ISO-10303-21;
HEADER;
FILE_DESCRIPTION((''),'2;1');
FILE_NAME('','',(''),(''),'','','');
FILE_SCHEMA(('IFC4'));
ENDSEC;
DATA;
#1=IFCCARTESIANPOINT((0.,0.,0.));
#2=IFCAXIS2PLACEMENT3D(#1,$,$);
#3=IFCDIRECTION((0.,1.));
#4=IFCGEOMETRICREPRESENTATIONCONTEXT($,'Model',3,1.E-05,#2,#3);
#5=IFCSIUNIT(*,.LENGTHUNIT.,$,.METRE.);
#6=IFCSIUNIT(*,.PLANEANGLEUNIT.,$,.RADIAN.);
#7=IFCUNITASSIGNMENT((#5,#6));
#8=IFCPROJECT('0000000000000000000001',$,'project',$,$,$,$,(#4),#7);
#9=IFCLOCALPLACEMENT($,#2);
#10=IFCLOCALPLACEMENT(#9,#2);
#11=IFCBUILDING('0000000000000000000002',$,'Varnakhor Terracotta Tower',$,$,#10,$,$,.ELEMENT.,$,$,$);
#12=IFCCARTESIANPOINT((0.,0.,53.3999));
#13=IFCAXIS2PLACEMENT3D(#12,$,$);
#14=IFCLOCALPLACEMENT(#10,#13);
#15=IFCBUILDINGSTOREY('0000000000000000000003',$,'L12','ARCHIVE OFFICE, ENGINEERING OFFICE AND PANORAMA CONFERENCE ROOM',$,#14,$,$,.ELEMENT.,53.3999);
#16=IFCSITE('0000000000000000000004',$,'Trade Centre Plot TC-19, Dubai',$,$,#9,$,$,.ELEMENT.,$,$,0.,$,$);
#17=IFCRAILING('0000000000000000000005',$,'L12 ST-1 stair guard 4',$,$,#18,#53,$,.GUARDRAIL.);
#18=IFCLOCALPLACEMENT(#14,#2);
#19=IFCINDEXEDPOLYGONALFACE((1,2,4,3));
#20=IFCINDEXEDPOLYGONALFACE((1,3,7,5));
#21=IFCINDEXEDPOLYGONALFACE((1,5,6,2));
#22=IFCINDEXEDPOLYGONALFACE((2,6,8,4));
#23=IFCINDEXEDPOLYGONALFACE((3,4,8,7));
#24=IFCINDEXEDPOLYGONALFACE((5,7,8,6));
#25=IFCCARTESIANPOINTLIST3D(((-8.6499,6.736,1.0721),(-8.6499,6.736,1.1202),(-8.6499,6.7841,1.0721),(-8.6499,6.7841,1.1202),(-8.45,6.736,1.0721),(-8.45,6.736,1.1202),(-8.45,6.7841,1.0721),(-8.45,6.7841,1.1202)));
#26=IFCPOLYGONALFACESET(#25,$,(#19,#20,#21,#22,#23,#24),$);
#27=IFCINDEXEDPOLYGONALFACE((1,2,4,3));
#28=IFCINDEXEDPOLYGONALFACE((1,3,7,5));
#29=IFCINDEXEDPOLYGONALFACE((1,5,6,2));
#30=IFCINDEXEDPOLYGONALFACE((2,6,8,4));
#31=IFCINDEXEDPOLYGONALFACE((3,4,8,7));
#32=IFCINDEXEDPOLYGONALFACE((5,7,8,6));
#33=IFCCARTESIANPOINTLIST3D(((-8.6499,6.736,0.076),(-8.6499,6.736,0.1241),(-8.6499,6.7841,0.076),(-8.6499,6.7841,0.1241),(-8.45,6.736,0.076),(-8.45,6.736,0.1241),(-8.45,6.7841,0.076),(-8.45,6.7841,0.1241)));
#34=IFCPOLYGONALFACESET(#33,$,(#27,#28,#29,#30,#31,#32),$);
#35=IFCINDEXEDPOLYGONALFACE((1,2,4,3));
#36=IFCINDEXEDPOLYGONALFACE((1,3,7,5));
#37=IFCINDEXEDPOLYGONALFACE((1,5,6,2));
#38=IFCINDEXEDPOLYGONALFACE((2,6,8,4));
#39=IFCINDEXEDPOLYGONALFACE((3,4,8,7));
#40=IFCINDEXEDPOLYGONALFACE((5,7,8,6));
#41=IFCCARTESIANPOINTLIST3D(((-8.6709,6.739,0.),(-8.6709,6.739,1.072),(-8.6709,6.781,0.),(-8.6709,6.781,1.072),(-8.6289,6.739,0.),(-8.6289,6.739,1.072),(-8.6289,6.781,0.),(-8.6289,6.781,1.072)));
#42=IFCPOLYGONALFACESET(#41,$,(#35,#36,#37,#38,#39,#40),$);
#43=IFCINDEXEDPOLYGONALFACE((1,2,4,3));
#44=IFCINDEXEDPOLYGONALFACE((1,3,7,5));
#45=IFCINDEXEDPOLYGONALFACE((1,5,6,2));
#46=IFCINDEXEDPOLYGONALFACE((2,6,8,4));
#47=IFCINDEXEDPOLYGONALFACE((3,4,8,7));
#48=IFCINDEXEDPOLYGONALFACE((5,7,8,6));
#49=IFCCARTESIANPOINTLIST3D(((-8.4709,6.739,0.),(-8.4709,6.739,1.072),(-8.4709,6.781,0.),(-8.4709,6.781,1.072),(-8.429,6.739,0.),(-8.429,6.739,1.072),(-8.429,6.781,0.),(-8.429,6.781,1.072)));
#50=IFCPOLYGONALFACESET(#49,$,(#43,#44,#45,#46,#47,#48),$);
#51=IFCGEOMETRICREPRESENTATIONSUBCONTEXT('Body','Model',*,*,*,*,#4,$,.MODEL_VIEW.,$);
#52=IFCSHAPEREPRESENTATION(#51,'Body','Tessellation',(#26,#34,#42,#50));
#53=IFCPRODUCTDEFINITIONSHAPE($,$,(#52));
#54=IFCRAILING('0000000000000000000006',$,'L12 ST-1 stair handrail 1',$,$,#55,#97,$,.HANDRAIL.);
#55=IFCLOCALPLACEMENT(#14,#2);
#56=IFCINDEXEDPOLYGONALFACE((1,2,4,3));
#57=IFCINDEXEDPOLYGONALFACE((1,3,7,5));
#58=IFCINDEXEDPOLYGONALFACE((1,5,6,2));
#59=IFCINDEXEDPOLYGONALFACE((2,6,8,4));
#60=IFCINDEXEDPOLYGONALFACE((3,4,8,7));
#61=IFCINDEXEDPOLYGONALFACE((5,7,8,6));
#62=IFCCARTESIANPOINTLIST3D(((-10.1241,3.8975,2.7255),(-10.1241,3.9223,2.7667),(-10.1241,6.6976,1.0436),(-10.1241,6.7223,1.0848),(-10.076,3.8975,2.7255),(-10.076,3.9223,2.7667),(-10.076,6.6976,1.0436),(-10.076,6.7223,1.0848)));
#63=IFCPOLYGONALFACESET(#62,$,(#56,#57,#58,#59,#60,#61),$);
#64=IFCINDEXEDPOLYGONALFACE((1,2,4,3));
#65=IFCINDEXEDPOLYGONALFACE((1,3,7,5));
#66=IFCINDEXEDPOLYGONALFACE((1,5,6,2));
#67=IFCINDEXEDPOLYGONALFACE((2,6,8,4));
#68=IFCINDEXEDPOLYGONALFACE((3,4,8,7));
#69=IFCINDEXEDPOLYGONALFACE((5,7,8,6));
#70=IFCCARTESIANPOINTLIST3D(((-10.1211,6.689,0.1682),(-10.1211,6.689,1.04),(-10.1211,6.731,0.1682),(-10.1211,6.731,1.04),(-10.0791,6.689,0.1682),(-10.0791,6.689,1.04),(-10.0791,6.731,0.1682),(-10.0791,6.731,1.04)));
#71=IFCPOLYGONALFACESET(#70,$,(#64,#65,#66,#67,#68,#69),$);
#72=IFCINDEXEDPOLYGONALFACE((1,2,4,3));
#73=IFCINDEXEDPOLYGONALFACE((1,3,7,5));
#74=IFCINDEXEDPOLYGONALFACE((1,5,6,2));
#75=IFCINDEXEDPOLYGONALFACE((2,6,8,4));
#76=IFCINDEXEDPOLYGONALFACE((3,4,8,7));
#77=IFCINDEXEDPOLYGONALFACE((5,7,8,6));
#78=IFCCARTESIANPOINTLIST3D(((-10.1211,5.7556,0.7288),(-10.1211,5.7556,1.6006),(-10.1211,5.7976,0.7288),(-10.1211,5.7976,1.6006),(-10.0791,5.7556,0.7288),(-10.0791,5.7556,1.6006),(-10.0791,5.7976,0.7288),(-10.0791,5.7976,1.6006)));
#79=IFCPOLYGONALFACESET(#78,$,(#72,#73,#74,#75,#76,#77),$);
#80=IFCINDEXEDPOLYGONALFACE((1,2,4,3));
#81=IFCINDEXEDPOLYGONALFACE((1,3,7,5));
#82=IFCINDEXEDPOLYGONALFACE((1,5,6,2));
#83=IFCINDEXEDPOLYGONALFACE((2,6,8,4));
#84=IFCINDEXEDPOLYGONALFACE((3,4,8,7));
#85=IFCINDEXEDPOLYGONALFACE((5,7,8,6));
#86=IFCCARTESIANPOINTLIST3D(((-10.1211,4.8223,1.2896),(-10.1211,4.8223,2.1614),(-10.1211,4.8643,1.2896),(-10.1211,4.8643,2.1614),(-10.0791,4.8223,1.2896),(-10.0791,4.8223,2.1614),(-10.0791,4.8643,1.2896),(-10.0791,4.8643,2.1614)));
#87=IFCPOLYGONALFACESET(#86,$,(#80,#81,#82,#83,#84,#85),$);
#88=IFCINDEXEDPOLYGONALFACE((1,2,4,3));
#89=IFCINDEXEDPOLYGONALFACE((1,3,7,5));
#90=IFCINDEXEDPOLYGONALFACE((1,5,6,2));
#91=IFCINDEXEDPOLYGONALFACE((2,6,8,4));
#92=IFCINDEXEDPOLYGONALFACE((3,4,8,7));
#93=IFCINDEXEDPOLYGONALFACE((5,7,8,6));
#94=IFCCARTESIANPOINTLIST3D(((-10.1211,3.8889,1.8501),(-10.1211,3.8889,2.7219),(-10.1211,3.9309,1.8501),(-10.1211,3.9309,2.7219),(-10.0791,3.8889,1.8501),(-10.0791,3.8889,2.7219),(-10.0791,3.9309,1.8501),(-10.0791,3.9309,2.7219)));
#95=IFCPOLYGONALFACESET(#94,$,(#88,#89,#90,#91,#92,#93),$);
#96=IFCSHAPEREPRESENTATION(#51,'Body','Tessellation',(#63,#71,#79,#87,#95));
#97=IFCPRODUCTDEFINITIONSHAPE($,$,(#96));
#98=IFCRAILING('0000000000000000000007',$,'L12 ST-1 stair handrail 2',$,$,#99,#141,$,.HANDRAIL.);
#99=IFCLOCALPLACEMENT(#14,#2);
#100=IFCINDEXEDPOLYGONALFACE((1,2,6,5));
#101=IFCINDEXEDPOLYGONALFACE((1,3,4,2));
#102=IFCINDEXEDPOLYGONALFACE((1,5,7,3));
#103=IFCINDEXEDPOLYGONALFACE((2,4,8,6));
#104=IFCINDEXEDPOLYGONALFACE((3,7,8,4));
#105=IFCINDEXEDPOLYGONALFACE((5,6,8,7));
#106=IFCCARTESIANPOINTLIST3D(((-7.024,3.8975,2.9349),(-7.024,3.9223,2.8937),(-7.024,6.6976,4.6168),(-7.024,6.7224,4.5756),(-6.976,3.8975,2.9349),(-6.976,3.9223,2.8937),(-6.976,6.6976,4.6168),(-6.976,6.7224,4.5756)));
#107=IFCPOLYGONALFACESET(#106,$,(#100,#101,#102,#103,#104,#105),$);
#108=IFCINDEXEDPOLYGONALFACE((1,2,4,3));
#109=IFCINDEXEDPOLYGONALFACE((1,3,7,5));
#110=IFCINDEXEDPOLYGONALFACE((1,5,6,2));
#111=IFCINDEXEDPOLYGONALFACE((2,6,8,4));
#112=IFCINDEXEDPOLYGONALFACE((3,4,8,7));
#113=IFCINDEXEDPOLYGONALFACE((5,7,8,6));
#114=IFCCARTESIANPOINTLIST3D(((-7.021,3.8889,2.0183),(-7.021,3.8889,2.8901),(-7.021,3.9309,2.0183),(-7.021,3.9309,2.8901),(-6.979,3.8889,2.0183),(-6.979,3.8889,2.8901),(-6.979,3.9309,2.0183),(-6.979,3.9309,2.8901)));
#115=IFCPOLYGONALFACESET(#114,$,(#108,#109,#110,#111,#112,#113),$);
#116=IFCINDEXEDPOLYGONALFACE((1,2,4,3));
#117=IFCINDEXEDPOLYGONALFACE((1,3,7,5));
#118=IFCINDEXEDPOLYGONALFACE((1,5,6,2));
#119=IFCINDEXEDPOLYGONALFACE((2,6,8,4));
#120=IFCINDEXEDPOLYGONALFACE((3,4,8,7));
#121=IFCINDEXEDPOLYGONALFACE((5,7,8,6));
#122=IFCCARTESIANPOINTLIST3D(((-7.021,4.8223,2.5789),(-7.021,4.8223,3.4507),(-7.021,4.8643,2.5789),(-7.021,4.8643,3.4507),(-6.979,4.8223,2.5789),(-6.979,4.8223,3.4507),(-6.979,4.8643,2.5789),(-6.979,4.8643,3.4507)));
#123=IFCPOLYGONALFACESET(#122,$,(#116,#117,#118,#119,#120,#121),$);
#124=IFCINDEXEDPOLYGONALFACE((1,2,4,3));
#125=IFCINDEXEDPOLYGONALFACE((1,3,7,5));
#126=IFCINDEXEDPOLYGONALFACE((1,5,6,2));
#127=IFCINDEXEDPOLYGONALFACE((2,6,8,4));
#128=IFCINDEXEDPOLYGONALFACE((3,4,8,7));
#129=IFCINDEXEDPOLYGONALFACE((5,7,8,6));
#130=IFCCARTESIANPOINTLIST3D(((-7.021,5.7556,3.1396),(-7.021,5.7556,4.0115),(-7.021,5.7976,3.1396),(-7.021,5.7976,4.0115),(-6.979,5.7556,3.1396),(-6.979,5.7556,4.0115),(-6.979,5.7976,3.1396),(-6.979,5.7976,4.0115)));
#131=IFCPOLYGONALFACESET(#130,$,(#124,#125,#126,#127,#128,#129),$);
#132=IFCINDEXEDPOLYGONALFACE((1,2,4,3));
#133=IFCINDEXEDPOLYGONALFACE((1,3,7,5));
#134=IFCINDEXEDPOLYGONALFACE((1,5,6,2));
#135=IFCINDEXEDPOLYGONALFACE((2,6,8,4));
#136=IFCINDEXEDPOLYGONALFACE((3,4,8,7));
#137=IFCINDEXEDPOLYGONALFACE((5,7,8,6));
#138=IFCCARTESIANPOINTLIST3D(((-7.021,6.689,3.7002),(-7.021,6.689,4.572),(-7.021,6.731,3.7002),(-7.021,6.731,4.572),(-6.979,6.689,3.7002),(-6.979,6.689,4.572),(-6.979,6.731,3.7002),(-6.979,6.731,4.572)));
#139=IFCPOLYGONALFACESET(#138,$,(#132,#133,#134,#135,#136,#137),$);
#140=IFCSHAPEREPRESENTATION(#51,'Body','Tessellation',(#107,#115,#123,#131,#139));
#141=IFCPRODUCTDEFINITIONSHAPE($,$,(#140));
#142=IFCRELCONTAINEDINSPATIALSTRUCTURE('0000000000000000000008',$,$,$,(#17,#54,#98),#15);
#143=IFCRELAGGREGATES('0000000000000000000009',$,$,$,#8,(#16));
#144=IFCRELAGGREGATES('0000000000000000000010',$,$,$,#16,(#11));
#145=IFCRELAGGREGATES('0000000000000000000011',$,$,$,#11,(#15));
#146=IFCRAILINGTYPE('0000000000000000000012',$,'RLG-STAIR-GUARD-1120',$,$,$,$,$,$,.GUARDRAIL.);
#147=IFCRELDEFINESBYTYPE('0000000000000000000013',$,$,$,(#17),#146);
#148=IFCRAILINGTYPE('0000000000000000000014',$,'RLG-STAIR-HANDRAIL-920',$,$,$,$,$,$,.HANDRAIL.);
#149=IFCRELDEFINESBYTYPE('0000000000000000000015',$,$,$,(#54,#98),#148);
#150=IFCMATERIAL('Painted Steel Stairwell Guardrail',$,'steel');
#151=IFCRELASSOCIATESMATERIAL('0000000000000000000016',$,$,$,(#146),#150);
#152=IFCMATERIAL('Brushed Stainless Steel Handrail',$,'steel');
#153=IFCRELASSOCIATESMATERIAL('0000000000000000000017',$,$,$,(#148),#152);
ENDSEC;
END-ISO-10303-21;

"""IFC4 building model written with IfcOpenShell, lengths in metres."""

from ifc_helpers import new_model, si_unit, direction, frame, origin, origin_2d, place, context, subcontext, project, spatial, rectangle, extrude, material, type_object, element, save


model = new_model("IFC4")

# Units and contexts
model_context = context("Model", 3, precision=1e-05, world=origin(), true_north=direction((0.0, 1.0)))
body_context = subcontext(model_context, "Body", "Model", "MODEL_VIEW")
ifc_project = project(units=[si_unit("LENGTHUNIT", "METRE"), si_unit("PLANEANGLEUNIT", "RADIAN")], contexts=[model_context])

# Site, building, storey
site_placement = place(None, origin())
site = spatial("IfcSite", under=ifc_project, at=site_placement, Name="Trade Centre Plot TC-19, Dubai", CompositionType="ELEMENT", RefElevation=0.0)
building_placement = place(site_placement, origin())
building = spatial("IfcBuilding", under=site, at=building_placement, Name="Varnakhor Terracotta Tower", CompositionType="ELEMENT")
storey_placement = place(building_placement, frame((0.0, 0.0, 53.3999)))
storey = spatial("IfcBuildingStorey", under=building, at=storey_placement, Name="L12", Description="ARCHIVE OFFICE, ENGINEERING OFFICE AND PANORAMA CONFERENCE ROOM", CompositionType="ELEMENT", Elevation=53.3999)

# Railings
ifc_material_1 = material(Name="Painted Steel Stairwell Guardrail", Category="steel")
railing_type_1 = type_object("IfcRailingType", Name="RLG-STAIR-GUARD-1120", PredefinedType="GUARDRAIL", material=ifc_material_1)
railing_1_placement = place(storey_placement, frame((-8.6499, 6.76, 0.0)))
element("IfcRailing", 1, at=railing_1_placement, inside=storey, type_object=railing_type_1, Name="L12 ST-1 stair guard 4", PredefinedType="GUARDRAIL", context=body_context, shape_type="SweptSolid", body=[
    extrude(rectangle(XDim=0.0481, YDim=0.0481, at=origin_2d()), frame((0.0, 0.0, 1.0962), z_axis=(1.0, 0.0, 0.0), x_axis=(0.0, 1.0, 0.0)), (0.0, 0.0, 1.0), 0.2),
    extrude(rectangle(XDim=0.0481, YDim=0.0481, at=origin_2d()), frame((0.0, 0.0, 0.1001), z_axis=(1.0, 0.0, 0.0), x_axis=(0.0, 1.0, 0.0)), (0.0, 0.0, 1.0), 0.2),
    extrude(rectangle(XDim=0.042, YDim=0.042, at=origin_2d()), origin(), (0.0, 0.0, 1.0), 1.072),
    extrude(rectangle(XDim=0.042, YDim=0.042, at=origin_2d()), frame((0.2, 0.0, 0.0)), (0.0, 0.0, 1.0), 1.072),
])
ifc_material_2 = material(Name="Brushed Stainless Steel Handrail", Category="steel")
railing_type_2 = type_object("IfcRailingType", Name="RLG-STAIR-HANDRAIL-920", PredefinedType="HANDRAIL", material=ifc_material_2)
railing_2_placement = place(storey_placement, frame((-10.1001, 6.71, 0.1682)))
element("IfcRailing", 2, at=railing_2_placement, inside=storey, type_object=railing_type_2, Name="L12 ST-1 stair handrail 1", PredefinedType="HANDRAIL", context=body_context, shape_type="SweptSolid", body=[
    extrude(rectangle(XDim=0.0481, YDim=0.0481, at=origin_2d()), frame((0.0, 0.0, 0.896), z_axis=(0.0, -0.857242, 0.514913), x_axis=(1.0, 0.0, 0.0)), (0.0, 0.0, 1.0), 3.2664),
    extrude(rectangle(XDim=0.042, YDim=0.042, at=origin_2d()), origin(), (0.0, 0.0, 1.0), 0.8718),
    extrude(rectangle(XDim=0.042, YDim=0.042, at=origin_2d()), frame((0.0, -0.9333, 0.5605)), (0.0, 0.0, 1.0), 0.8718),
    extrude(rectangle(XDim=0.042, YDim=0.042, at=origin_2d()), frame((0.0, -1.8667, 1.1213)), (0.0, 0.0, 1.0), 0.8718),
    extrude(rectangle(XDim=0.042, YDim=0.042, at=origin_2d()), frame((0.0, -2.8, 1.6819)), (0.0, 0.0, 1.0), 0.8718),
])
railing_3_placement = place(storey_placement, frame((-7.0, 3.9099, 2.0183)))
element("IfcRailing", 3, at=railing_3_placement, inside=storey, type_object=railing_type_2, Name="L12 ST-1 stair handrail 2", PredefinedType="HANDRAIL", context=body_context, shape_type="SweptSolid", body=[
    extrude(rectangle(XDim=0.0481, YDim=0.0481, at=origin_2d()), frame((0.0, 0.0, 0.896), z_axis=(0.0, 0.857242, 0.514913), x_axis=(-1.0, 0.0, 0.0)), (0.0, 0.0, 1.0), 3.2664),
    extrude(rectangle(XDim=0.042, YDim=0.042, at=origin_2d()), origin(), (0.0, 0.0, 1.0), 0.8718),
    extrude(rectangle(XDim=0.042, YDim=0.042, at=origin_2d()), frame((0.0, 0.9333, 0.5605)), (0.0, 0.0, 1.0), 0.8718),
    extrude(rectangle(XDim=0.042, YDim=0.042, at=origin_2d()), frame((0.0, 1.8667, 1.1213)), (0.0, 0.0, 1.0), 0.8718),
    extrude(rectangle(XDim=0.042, YDim=0.042, at=origin_2d()), frame((0.0, 2.8, 1.6819)), (0.0, 0.0, 1.0), 0.8718),
])

save(model, "model.ifc")
